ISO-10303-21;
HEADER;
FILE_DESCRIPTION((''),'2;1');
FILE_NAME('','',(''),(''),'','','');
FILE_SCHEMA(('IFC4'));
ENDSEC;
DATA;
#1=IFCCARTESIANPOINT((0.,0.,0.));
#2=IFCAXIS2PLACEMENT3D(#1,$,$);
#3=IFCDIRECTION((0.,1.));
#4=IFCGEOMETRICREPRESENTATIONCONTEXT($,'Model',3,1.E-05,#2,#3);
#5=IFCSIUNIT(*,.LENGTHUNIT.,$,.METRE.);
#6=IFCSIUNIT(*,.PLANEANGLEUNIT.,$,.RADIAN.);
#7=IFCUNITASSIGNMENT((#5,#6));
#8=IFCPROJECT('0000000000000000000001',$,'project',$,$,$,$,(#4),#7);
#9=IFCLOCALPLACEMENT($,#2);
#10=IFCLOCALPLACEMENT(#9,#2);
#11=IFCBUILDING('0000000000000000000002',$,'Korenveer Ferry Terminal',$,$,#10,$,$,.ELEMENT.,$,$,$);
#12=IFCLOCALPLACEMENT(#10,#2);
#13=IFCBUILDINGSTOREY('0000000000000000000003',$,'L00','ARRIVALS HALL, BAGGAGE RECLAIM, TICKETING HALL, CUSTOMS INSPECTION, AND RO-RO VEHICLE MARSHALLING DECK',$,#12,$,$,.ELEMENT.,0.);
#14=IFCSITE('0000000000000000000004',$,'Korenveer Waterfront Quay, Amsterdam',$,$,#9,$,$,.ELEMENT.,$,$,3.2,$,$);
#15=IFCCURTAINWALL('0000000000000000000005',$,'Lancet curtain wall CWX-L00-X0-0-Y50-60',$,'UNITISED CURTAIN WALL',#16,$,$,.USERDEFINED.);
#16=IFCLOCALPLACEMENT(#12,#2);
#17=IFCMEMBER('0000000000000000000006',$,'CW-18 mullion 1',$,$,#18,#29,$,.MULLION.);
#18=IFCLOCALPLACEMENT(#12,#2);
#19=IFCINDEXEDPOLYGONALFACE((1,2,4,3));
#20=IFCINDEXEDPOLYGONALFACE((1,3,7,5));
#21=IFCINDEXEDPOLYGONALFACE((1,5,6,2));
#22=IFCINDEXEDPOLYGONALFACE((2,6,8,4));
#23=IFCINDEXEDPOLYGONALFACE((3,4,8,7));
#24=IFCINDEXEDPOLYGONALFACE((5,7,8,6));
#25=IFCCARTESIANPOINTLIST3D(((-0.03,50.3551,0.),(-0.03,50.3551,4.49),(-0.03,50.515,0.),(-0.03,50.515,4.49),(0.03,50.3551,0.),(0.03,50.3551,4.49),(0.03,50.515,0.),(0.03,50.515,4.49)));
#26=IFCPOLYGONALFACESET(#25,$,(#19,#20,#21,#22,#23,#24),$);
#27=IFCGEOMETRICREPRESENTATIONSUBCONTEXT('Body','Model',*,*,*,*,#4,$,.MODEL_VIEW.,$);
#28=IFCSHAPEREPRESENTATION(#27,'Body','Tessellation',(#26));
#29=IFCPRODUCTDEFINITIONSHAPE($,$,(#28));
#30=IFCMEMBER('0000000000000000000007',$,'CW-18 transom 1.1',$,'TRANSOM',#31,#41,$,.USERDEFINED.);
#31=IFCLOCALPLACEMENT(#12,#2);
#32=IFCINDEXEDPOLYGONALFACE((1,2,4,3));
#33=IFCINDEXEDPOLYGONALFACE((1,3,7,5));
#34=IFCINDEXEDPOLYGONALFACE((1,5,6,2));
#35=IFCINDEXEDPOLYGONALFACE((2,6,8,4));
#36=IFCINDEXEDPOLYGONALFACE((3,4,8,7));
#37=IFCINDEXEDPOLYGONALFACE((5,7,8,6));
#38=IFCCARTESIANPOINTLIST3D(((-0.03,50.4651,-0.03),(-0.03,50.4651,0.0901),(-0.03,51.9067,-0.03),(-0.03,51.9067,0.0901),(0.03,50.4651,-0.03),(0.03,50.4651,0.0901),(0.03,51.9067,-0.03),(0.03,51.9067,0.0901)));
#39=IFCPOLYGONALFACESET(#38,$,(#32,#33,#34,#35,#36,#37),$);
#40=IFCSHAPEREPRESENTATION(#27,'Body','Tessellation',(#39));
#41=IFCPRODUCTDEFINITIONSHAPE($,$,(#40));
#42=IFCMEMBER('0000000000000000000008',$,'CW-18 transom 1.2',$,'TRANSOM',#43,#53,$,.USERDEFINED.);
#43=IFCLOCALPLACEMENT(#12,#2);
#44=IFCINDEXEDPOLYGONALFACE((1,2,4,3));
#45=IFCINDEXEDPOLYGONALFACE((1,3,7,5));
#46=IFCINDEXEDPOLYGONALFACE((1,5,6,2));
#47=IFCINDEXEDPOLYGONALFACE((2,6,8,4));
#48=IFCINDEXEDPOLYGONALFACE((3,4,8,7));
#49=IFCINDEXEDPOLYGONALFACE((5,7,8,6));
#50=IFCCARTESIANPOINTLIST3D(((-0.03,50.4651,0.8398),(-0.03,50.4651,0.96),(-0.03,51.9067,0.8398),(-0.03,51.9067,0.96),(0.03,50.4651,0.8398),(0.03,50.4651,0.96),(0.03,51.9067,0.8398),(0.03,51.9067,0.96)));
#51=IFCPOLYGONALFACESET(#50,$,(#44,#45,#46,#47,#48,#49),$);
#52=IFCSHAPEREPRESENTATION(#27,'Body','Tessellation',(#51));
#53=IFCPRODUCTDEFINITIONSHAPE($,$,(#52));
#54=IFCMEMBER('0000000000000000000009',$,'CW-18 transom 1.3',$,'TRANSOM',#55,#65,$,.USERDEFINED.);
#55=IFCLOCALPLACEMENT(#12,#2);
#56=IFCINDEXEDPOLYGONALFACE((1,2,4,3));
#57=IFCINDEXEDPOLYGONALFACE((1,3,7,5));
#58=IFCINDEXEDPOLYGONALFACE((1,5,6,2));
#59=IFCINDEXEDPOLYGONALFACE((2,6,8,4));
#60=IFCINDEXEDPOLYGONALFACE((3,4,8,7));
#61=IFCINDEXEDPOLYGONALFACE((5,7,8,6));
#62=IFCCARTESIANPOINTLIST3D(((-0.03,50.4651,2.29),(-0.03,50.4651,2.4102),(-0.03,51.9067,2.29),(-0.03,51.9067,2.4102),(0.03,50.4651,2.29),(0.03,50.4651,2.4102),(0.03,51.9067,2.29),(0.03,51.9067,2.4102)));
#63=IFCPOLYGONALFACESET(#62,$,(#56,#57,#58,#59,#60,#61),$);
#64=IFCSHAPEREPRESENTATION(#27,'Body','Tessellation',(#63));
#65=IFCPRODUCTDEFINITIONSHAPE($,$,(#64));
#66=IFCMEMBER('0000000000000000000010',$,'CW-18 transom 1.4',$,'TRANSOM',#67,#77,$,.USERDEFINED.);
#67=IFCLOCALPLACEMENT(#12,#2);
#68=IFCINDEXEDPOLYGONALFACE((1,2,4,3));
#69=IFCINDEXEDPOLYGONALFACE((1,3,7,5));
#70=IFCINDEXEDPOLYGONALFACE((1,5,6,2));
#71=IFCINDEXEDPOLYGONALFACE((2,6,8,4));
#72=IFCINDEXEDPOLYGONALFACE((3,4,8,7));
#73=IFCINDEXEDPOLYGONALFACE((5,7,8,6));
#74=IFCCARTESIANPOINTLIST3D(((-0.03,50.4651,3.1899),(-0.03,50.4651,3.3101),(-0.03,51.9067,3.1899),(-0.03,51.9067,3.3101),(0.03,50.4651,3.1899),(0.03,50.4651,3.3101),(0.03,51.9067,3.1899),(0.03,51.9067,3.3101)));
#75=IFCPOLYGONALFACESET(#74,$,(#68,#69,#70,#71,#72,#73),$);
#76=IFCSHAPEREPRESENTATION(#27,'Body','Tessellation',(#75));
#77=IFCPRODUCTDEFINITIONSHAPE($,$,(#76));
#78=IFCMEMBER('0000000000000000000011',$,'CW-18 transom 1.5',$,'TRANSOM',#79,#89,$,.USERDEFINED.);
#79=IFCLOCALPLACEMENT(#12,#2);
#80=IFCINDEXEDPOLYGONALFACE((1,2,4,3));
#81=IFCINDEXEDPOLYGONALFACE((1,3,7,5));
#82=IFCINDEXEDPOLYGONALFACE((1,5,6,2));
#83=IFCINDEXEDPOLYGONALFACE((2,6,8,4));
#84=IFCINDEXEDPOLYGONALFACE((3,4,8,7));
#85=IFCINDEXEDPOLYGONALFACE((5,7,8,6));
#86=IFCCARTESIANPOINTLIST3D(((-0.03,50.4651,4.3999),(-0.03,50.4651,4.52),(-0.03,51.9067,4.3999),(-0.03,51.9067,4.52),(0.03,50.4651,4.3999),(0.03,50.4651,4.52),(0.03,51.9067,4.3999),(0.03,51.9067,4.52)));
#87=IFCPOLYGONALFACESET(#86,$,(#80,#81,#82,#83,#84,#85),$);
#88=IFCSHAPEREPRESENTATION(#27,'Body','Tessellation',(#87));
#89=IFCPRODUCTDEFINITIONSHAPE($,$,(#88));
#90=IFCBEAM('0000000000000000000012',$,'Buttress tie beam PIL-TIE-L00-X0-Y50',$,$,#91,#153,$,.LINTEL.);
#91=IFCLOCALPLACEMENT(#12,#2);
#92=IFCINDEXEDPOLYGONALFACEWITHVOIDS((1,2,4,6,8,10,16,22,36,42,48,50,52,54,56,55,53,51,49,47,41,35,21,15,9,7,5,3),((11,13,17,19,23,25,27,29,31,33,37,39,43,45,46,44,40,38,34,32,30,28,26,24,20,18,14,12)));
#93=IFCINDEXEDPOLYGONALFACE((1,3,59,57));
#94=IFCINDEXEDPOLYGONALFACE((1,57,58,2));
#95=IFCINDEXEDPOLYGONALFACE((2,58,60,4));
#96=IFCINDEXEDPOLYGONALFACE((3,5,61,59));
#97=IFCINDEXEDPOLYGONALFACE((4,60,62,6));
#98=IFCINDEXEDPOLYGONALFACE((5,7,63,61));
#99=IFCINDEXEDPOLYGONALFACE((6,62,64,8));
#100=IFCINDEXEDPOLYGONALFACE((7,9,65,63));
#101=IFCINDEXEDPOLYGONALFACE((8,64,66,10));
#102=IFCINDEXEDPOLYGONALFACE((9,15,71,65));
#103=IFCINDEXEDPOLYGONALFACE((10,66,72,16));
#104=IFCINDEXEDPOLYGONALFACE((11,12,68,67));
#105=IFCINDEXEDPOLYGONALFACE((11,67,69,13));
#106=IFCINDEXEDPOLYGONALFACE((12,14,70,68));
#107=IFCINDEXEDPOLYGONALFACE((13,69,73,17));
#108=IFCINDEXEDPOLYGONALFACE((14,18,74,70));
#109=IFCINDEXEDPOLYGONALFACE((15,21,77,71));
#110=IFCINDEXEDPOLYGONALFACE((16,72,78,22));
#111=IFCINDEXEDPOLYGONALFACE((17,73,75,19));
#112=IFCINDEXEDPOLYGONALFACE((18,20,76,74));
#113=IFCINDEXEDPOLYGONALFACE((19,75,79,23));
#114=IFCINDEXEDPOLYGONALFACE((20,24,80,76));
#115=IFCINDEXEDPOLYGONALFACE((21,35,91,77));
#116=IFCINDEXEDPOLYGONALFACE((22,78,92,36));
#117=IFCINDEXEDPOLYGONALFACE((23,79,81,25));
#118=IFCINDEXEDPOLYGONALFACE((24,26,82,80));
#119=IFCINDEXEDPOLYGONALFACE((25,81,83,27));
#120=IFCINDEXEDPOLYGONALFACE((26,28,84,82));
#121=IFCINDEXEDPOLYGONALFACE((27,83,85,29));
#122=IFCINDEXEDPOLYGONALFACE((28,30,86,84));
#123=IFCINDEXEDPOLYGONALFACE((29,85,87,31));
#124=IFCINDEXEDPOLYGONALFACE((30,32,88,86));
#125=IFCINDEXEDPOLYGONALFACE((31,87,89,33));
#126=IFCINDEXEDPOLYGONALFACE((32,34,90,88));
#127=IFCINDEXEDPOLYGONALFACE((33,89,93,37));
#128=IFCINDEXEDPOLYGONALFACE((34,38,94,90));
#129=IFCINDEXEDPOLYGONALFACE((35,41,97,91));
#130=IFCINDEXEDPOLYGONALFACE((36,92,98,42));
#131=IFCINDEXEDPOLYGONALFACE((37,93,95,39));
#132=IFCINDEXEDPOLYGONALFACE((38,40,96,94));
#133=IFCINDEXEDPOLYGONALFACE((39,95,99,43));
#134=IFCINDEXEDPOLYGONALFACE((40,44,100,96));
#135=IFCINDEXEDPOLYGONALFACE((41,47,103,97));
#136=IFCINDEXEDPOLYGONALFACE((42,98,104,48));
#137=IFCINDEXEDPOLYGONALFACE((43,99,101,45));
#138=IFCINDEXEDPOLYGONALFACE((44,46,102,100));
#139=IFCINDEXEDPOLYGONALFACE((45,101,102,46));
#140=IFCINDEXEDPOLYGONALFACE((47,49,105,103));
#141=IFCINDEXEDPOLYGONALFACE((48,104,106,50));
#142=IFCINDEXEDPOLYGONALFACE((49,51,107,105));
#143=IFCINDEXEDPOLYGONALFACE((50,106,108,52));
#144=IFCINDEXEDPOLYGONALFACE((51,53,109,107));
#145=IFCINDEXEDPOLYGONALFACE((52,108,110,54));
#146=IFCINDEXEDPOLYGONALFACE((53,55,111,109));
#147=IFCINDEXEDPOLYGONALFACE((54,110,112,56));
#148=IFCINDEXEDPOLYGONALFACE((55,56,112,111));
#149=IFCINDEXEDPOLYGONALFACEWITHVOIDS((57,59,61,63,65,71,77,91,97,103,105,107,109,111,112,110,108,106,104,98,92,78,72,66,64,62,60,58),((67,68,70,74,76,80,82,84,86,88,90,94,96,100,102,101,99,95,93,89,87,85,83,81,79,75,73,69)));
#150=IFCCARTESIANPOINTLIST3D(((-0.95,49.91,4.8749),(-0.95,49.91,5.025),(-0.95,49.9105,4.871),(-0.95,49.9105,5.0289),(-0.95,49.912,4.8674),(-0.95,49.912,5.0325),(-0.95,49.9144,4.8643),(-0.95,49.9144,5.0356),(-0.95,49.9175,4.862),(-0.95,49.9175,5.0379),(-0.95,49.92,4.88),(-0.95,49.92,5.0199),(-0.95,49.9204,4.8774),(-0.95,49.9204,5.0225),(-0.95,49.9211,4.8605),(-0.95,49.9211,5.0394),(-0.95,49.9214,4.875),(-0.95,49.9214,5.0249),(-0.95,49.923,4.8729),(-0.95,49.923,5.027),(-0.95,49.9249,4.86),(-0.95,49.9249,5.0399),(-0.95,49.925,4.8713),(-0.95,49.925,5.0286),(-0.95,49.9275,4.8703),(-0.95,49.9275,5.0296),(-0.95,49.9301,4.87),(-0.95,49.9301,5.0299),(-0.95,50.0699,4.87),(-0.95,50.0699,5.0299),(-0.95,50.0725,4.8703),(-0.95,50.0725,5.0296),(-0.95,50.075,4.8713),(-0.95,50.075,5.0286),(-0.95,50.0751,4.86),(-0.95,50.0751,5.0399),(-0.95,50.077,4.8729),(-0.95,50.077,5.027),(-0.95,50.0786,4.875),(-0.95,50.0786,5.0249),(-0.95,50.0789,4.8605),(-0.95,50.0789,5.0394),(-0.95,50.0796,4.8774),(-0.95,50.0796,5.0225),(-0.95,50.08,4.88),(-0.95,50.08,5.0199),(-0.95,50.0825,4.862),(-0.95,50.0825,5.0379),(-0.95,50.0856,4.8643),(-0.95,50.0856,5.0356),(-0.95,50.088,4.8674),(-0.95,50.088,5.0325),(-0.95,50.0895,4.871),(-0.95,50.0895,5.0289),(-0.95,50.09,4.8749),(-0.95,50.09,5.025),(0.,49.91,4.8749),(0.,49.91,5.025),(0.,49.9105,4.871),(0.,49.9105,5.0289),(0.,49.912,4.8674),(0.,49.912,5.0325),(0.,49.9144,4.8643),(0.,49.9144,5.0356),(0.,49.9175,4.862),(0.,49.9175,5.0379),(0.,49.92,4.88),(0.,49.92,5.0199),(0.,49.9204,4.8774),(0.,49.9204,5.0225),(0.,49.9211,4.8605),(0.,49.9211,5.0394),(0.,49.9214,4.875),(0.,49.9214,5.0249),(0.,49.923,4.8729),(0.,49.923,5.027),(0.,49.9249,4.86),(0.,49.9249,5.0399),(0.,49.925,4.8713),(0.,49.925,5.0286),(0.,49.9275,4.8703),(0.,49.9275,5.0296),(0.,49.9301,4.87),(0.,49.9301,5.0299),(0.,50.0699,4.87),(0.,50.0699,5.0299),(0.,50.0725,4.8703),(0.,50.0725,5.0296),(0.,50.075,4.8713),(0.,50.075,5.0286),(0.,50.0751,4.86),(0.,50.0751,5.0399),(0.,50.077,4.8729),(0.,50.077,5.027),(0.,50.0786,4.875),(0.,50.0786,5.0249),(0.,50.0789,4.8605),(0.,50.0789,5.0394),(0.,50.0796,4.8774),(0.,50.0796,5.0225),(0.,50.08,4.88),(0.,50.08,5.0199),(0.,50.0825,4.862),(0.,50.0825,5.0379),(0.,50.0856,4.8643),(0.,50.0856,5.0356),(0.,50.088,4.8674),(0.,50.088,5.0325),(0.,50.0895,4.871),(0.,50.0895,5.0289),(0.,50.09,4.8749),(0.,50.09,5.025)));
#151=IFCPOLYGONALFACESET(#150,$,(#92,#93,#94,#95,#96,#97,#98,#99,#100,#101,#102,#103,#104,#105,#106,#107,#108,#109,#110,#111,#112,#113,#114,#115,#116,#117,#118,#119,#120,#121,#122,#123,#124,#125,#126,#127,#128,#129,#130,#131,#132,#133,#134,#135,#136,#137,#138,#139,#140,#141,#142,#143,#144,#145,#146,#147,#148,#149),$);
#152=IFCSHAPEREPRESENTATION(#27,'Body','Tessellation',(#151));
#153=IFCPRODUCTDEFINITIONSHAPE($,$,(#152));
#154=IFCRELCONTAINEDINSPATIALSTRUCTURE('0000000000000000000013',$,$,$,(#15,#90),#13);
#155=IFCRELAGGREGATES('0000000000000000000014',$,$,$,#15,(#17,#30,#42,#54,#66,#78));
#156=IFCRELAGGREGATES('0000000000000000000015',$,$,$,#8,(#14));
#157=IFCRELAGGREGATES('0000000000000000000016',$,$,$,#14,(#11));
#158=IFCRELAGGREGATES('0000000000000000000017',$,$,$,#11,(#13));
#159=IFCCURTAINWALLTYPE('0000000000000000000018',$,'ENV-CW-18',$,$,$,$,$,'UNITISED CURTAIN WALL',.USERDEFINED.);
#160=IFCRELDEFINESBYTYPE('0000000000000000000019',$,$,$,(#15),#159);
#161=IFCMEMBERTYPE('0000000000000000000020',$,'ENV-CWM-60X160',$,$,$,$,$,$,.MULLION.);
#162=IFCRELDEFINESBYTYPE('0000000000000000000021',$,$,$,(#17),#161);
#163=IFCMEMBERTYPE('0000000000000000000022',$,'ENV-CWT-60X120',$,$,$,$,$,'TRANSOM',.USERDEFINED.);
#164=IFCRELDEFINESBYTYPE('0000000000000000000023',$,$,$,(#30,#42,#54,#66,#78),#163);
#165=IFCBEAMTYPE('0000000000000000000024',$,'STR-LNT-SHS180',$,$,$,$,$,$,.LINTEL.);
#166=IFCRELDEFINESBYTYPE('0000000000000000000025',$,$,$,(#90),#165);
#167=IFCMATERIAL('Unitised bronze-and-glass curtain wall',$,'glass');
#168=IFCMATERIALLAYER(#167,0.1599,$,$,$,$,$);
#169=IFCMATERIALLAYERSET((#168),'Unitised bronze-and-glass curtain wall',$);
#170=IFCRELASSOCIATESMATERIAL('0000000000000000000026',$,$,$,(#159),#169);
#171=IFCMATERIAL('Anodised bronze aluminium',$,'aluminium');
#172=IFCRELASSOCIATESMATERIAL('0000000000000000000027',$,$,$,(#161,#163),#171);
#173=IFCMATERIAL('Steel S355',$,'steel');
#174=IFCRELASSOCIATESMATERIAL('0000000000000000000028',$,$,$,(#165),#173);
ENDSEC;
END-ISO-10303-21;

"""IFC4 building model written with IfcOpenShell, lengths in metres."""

from ifc_helpers import new_model, si_unit, direction, frame, origin, origin_2d, place, context, subcontext, project, spatial, rectangle, hollow_rectangle, extrude, material, layer, layer_set, material_profile, profile_set, type_object, element, aggregate, save


model = new_model("IFC4")

# Units and contexts
model_context = context("Model", 3, precision=1e-05, world=origin(), true_north=direction((0.0, 1.0)))
body_context = subcontext(model_context, "Body", "Model", "MODEL_VIEW")
ifc_project = project(units=[si_unit("LENGTHUNIT", "METRE"), si_unit("PLANEANGLEUNIT", "RADIAN")], contexts=[model_context])

# Site, building, storey
site_placement = place(None, origin())
site = spatial("IfcSite", under=ifc_project, at=site_placement, Name="Korenveer Waterfront Quay, Amsterdam", CompositionType="ELEMENT", RefElevation=3.2)
building_placement = place(site_placement, origin())
building = spatial("IfcBuilding", under=site, at=building_placement, Name="Korenveer Ferry Terminal", CompositionType="ELEMENT")
storey_placement = place(building_placement, origin())
storey = spatial("IfcBuildingStorey", under=building, at=storey_placement, Name="L00", Description="ARRIVALS HALL, BAGGAGE RECLAIM, TICKETING HALL, CUSTOMS INSPECTION, AND RO-RO VEHICLE MARSHALLING DECK", CompositionType="ELEMENT", Elevation=0.0)

# Curtain wall, members
ifc_material_1 = material(Name="Unitised bronze-and-glass curtain wall", Category="glass")
ifc_layer_1 = layer(ifc_material_1, 0.1599)
ifc_layer_set_1 = layer_set([ifc_layer_1], Name="Unitised bronze-and-glass curtain wall")
curtain_wall_type = type_object("IfcCurtainWallType", Name="ENV-CW-18", ElementType="UNITISED CURTAIN WALL", PredefinedType="USERDEFINED", material=ifc_layer_set_1)
curtain_wall_placement = place(storey_placement, frame((0.0, 50.405, 0.0)))
curtain_wall = element("IfcCurtainWall", 1, at=curtain_wall_placement, inside=storey, type_object=curtain_wall_type, Name="Lancet curtain wall CWX-L00-X0-0-Y50-60", ObjectType="UNITISED CURTAIN WALL", PredefinedType="USERDEFINED")
ifc_material_2 = material(Name="Anodised bronze aluminium", Category="aluminium")
ifc_material_profile_1 = material_profile(ifc_material_2, rectangle(XDim=0.0601, YDim=0.1599, at=origin_2d()), Name="ALU 60x160")
ifc_profile_set_1 = profile_set([ifc_material_profile_1], Name="Anodised bronze aluminium")
member_type_1 = type_object("IfcMemberType", Name="ENV-CWM-60X160", PredefinedType="MULLION", material=ifc_profile_set_1)
member_1_placement = place(storey_placement, frame((0.0, 50.4351, 0.0), z_axis=(0.0, 0.0, 1.0), x_axis=(-1.0, 0.0, 0.0)))
member_1 = element("IfcMember", 2, at=member_1_placement, type_object=member_type_1, Name="CW-18 mullion 1", PredefinedType="MULLION", context=body_context, shape_type="SweptSolid", body=[
    extrude(rectangle(XDim=0.0601, YDim=0.1599, at=origin_2d()), origin(), (0.0, 0.0, 1.0), 4.49),
])
ifc_material_profile_2 = material_profile(ifc_material_2, rectangle(XDim=0.0601, YDim=0.1201, at=origin_2d()), Name="ALU 60x120")
ifc_profile_set_2 = profile_set([ifc_material_profile_2], Name="Anodised bronze aluminium")
member_type_2 = type_object("IfcMemberType", Name="ENV-CWT-60X120", ElementType="TRANSOM", PredefinedType="USERDEFINED", material=ifc_profile_set_2)
member_2_placement = place(storey_placement, frame((0.0, 50.4651, 0.03), z_axis=(0.0, 1.0, 0.0), x_axis=(-1.0, 0.0, 0.0)))
member_2 = element("IfcMember", 3, at=member_2_placement, type_object=member_type_2, Name="CW-18 transom 1.1", ObjectType="TRANSOM", PredefinedType="USERDEFINED", context=body_context, shape_type="SweptSolid", body=[
    extrude(rectangle(XDim=0.0601, YDim=0.1201, at=origin_2d()), origin(), (0.0, 0.0, 1.0), 1.4417),
])
member_3_placement = place(storey_placement, frame((0.0, 50.4651, 0.8999), z_axis=(0.0, 1.0, 0.0), x_axis=(-1.0, 0.0, 0.0)))
member_3 = element("IfcMember", 4, at=member_3_placement, type_object=member_type_2, Name="CW-18 transom 1.2", ObjectType="TRANSOM", PredefinedType="USERDEFINED", context=body_context, shape_type="SweptSolid", body=[
    extrude(rectangle(XDim=0.0601, YDim=0.1201, at=origin_2d()), origin(), (0.0, 0.0, 1.0), 1.4417),
])
member_4_placement = place(storey_placement, frame((0.0, 50.4651, 2.3501), z_axis=(0.0, 1.0, 0.0), x_axis=(-1.0, 0.0, 0.0)))
member_4 = element("IfcMember", 5, at=member_4_placement, type_object=member_type_2, Name="CW-18 transom 1.3", ObjectType="TRANSOM", PredefinedType="USERDEFINED", context=body_context, shape_type="SweptSolid", body=[
    extrude(rectangle(XDim=0.0601, YDim=0.1201, at=origin_2d()), origin(), (0.0, 0.0, 1.0), 1.4417),
])
member_5_placement = place(storey_placement, frame((0.0, 50.4651, 3.25), z_axis=(0.0, 1.0, 0.0), x_axis=(-1.0, 0.0, 0.0)))
member_5 = element("IfcMember", 6, at=member_5_placement, type_object=member_type_2, Name="CW-18 transom 1.4", ObjectType="TRANSOM", PredefinedType="USERDEFINED", context=body_context, shape_type="SweptSolid", body=[
    extrude(rectangle(XDim=0.0601, YDim=0.1201, at=origin_2d()), origin(), (0.0, 0.0, 1.0), 1.4417),
])
member_6_placement = place(storey_placement, frame((0.0, 50.4651, 4.46), z_axis=(0.0, 1.0, 0.0), x_axis=(-1.0, 0.0, 0.0)))
member_6 = element("IfcMember", 7, at=member_6_placement, type_object=member_type_2, Name="CW-18 transom 1.5", ObjectType="TRANSOM", PredefinedType="USERDEFINED", context=body_context, shape_type="SweptSolid", body=[
    extrude(rectangle(XDim=0.0601, YDim=0.1201, at=origin_2d()), origin(), (0.0, 0.0, 1.0), 1.4417),
])

# Beam
ifc_material_3 = material(Name="Steel S355", Category="steel")
ifc_material_profile_3 = material_profile(ifc_material_3, hollow_rectangle(XDim=0.1799, YDim=0.1799, WallThickness=0.01, InnerFilletRadius=0.01, OuterFilletRadius=0.0149, at=origin_2d()), Name="SHS 180x180x10")
ifc_profile_set_3 = profile_set([ifc_material_profile_3], Name="Steel S355")
beam_type_1 = type_object("IfcBeamType", Name="STR-LNT-SHS180", PredefinedType="LINTEL", material=ifc_profile_set_3)
beam_1_placement = place(storey_placement, frame((-0.95, 50.0, 4.95), z_axis=(1.0, 0.0, 0.0), x_axis=(0.0, 1.0, 0.0)))
element("IfcBeam", 8, at=beam_1_placement, inside=storey, type_object=beam_type_1, Name="Buttress tie beam PIL-TIE-L00-X0-Y50", PredefinedType="LINTEL", context=body_context, shape_type="SweptSolid", body=[
    extrude(hollow_rectangle(XDim=0.1799, YDim=0.1799, WallThickness=0.01, InnerFilletRadius=0.01, OuterFilletRadius=0.0149, at=origin_2d()), origin(), (0.0, 0.0, 1.0), 0.95),
])

aggregate(curtain_wall, [member_1, member_2, member_3, member_4, member_5, member_6])

save(model, "model.ifc")
